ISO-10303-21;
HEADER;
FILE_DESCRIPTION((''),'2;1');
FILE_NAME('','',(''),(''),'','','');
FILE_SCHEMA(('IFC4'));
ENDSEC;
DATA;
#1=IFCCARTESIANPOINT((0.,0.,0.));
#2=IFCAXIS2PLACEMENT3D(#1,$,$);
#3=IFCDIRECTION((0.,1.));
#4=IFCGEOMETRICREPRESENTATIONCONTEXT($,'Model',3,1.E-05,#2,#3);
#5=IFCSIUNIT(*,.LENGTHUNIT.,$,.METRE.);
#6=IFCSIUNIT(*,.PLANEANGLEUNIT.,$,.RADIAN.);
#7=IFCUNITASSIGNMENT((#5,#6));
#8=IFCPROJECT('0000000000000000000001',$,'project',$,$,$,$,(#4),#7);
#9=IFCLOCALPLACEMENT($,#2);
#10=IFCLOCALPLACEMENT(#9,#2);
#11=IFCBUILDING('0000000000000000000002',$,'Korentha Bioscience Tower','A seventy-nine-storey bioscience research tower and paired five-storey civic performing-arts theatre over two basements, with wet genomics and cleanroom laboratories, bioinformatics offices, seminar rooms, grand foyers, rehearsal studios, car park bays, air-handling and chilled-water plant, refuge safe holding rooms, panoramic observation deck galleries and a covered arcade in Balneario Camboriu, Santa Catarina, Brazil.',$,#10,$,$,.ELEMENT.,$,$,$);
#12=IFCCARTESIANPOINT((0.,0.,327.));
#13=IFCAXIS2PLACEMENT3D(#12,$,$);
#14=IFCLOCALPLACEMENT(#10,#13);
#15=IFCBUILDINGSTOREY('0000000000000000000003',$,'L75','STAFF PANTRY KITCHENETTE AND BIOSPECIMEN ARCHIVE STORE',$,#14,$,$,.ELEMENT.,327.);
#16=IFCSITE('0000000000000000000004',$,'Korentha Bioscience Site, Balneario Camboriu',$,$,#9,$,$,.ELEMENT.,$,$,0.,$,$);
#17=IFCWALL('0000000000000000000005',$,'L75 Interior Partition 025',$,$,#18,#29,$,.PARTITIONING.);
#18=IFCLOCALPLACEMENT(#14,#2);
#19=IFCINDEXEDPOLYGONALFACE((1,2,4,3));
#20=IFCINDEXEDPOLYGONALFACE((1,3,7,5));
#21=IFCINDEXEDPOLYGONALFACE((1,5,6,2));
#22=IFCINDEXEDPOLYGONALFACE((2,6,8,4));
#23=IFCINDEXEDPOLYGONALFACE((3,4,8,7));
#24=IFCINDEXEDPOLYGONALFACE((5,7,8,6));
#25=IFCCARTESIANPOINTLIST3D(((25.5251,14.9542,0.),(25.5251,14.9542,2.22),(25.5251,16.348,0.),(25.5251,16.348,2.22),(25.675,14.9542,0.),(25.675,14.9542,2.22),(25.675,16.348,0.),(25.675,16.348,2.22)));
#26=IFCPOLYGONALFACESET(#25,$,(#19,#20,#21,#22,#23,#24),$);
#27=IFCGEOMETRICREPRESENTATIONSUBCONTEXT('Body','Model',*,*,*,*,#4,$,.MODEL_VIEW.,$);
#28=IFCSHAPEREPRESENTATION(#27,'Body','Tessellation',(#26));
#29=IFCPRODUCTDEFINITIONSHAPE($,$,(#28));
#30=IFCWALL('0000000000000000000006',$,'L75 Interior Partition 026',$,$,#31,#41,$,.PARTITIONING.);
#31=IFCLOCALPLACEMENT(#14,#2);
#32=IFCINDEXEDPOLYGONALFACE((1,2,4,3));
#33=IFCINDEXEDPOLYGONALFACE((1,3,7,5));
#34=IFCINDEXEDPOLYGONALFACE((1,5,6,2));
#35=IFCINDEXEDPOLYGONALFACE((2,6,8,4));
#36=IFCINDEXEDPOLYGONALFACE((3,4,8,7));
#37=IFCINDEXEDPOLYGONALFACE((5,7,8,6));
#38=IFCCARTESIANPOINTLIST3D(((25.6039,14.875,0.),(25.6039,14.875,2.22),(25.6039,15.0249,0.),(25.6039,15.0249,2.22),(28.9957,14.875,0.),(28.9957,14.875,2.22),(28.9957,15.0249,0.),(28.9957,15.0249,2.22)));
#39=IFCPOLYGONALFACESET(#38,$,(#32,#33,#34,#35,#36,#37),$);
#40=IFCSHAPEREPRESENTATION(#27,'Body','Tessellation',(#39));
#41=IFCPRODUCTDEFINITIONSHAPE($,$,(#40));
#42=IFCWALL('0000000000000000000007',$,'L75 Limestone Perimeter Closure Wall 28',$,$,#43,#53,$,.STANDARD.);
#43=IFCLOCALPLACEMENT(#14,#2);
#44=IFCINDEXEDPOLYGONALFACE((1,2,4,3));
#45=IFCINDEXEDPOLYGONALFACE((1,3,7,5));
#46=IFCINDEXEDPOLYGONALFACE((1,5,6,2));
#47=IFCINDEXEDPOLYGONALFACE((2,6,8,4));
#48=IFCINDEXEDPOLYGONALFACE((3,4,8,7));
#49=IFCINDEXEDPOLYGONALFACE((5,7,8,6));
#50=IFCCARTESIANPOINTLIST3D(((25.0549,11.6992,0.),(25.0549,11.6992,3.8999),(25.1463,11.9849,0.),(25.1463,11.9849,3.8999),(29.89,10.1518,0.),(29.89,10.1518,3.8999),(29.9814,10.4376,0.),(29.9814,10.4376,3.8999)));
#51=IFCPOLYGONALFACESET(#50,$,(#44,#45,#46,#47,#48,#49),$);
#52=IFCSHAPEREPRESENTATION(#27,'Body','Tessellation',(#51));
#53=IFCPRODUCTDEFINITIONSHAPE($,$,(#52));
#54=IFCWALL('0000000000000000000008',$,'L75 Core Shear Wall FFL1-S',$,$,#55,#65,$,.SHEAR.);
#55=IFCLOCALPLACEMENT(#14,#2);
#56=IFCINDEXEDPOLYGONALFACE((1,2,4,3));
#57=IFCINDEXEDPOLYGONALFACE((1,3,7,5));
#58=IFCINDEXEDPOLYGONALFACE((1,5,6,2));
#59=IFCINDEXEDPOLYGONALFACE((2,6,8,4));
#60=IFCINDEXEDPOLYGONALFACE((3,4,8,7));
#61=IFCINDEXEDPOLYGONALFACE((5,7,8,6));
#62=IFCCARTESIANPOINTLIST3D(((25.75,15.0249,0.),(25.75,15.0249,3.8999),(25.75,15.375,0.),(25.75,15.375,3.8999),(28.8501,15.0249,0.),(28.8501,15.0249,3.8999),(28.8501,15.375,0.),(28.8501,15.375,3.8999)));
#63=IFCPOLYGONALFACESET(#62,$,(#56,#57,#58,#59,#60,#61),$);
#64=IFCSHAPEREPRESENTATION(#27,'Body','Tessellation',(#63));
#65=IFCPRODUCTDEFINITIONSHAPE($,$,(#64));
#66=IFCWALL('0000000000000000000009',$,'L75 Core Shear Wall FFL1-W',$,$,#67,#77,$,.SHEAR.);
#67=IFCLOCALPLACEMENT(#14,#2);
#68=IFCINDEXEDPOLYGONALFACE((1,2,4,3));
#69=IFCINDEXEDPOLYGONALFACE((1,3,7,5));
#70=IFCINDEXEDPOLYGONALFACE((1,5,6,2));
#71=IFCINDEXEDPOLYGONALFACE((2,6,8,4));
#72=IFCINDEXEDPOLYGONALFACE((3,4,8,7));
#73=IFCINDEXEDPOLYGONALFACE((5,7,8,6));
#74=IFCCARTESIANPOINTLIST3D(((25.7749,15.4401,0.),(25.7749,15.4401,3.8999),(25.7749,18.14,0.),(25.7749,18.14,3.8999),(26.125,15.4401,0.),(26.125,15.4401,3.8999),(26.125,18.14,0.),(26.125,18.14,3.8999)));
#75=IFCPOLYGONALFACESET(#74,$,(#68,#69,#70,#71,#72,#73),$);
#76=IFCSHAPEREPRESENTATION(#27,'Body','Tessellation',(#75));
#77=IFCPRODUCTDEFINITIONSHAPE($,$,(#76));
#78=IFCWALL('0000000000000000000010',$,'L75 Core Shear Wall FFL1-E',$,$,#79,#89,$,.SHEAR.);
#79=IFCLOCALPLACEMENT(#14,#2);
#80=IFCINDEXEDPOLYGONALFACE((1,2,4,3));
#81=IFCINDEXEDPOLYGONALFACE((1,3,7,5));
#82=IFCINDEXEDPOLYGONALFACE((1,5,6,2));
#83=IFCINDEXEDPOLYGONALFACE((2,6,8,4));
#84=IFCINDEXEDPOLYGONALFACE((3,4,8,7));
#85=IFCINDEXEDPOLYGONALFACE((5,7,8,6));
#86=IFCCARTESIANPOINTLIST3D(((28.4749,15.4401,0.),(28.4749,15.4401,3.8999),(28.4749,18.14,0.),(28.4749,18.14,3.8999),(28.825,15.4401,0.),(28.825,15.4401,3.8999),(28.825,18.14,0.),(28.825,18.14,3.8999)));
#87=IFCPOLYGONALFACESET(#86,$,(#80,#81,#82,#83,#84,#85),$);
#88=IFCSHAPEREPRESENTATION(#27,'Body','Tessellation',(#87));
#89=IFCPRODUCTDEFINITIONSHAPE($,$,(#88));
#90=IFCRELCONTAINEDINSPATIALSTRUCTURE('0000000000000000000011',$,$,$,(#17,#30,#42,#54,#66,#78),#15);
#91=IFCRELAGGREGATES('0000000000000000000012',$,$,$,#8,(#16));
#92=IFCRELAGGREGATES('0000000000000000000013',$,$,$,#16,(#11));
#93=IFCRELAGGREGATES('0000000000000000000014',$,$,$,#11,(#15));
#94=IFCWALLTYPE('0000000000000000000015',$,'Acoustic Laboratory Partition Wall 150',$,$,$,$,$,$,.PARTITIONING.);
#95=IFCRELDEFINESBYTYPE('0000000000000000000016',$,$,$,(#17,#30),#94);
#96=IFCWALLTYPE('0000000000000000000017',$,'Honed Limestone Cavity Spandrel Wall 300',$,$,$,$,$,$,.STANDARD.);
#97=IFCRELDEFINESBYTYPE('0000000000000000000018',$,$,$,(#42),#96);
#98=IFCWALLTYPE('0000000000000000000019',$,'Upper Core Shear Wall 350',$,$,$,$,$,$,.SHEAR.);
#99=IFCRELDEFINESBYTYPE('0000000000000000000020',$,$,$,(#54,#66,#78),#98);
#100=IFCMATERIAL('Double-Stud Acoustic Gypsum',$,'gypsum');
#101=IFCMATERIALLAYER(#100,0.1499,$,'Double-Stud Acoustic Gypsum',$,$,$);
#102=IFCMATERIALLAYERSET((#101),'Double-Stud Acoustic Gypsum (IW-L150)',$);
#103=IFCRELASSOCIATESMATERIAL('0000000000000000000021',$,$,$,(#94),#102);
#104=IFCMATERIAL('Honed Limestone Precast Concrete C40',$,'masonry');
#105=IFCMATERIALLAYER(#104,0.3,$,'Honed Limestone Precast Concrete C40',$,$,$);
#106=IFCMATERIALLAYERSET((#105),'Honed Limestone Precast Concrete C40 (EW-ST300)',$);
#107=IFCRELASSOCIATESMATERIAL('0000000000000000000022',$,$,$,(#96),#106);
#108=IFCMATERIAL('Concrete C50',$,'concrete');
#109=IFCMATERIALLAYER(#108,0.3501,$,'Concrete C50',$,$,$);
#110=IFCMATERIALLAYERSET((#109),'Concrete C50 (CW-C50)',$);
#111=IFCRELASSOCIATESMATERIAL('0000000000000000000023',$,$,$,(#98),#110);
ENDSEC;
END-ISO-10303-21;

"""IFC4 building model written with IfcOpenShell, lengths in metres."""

from ifc_helpers import new_model, si_unit, direction, frame, frame_2d, origin, place, context, subcontext, project, spatial, rectangle, extrude, material, layer, layer_set, type_object, element, save


model = new_model("IFC4")

# Units and contexts
model_context = context("Model", 3, precision=1e-05, world=origin(), true_north=direction((0.0, 1.0)))
body_context = subcontext(model_context, "Body", "Model", "MODEL_VIEW")
ifc_project = project(units=[si_unit("LENGTHUNIT", "METRE"), si_unit("PLANEANGLEUNIT", "RADIAN")], contexts=[model_context])

# Site, building, storey
site_placement = place(None, origin())
site = spatial("IfcSite", under=ifc_project, at=site_placement, Name="Korentha Bioscience Site, Balneario Camboriu", CompositionType="ELEMENT", RefElevation=0.0)
building_placement = place(site_placement, origin())
building = spatial("IfcBuilding", under=site, at=building_placement, Name="Korentha Bioscience Tower", Description="A seventy-nine-storey bioscience research tower and paired five-storey civic performing-arts theatre over two basements, with wet genomics and cleanroom laboratories, bioinformatics offices, seminar rooms, grand foyers, rehearsal studios, car park bays, air-handling and chilled-water plant, refuge safe holding rooms, panoramic observation deck galleries and a covered arcade in Balneario Camboriu, Santa Catarina, Brazil.", CompositionType="ELEMENT")
storey_placement = place(building_placement, frame((0.0, 0.0, 327.0)))
storey = spatial("IfcBuildingStorey", under=building, at=storey_placement, Name="L75", Description="STAFF PANTRY KITCHENETTE AND BIOSPECIMEN ARCHIVE STORE", CompositionType="ELEMENT", Elevation=327.0)

# Shared definitions
ifc_material_1 = material(Name="Concrete C50", Category="concrete")

# Walls
ifc_material_2 = material(Name="Double-Stud Acoustic Gypsum", Category="gypsum")
ifc_layer_1 = layer(ifc_material_2, 0.1499, Name="Double-Stud Acoustic Gypsum")
ifc_layer_set_1 = layer_set([ifc_layer_1], Name="Double-Stud Acoustic Gypsum (IW-L150)")
wall_type_1 = type_object("IfcWallType", Name="Acoustic Laboratory Partition Wall 150", PredefinedType="PARTITIONING", material=ifc_layer_set_1)
wall_1_placement = place(storey_placement, frame((25.6001, 16.3479, 0.0), z_axis=(0.0, 0.0, 1.0), x_axis=(0.0, -1.0, 0.0)))
element("IfcWall", 1, at=wall_1_placement, inside=storey, type_object=wall_type_1, Name="L75 Interior Partition 025", PredefinedType="PARTITIONING", context=body_context, shape_type="SweptSolid", body=[
    extrude(rectangle(XDim=1.3938, YDim=0.1499, at=frame_2d((0.6968, 0.0))), origin(), (0.0, 0.0, 1.0), 2.22),
])
wall_2_placement = place(storey_placement, frame((25.604, 14.95, 0.0), z_axis=(0.0, 0.0, 1.0), x_axis=(1.0, 0.0, 0.0)))
element("IfcWall", 2, at=wall_2_placement, inside=storey, type_object=wall_type_1, Name="L75 Interior Partition 026", PredefinedType="PARTITIONING", context=body_context, shape_type="SweptSolid", body=[
    extrude(rectangle(XDim=3.3918, YDim=0.1499, at=frame_2d((1.6958, 0.0))), origin(), (0.0, 0.0, 1.0), 2.22),
])
ifc_material_3 = material(Name="Honed Limestone Precast Concrete C40", Category="masonry")
ifc_layer_2 = layer(ifc_material_3, 0.3, Name="Honed Limestone Precast Concrete C40")
ifc_layer_set_2 = layer_set([ifc_layer_2], Name="Honed Limestone Precast Concrete C40 (EW-ST300)")
wall_type_2 = type_object("IfcWallType", Name="Honed Limestone Cavity Spandrel Wall 300", PredefinedType="STANDARD", material=ifc_layer_set_2)
wall_3_placement = place(storey_placement, frame((25.1006, 11.842, 0.0), z_axis=(0.0, 0.0, 1.0), x_axis=(0.952419, -0.304793, 0.0)))
element("IfcWall", 3, at=wall_3_placement, inside=storey, type_object=wall_type_2, Name="L75 Limestone Perimeter Closure Wall 28", PredefinedType="STANDARD", context=body_context, shape_type="SweptSolid", body=[
    extrude(rectangle(XDim=5.0767, YDim=0.3, at=frame_2d((2.5383, 0.0))), origin(), (0.0, 0.0, 1.0), 3.8999),
])
ifc_layer_3 = layer(ifc_material_1, 0.3501, Name="Concrete C50")
ifc_layer_set_3 = layer_set([ifc_layer_3], Name="Concrete C50 (CW-C50)")
wall_type_3 = type_object("IfcWallType", Name="Upper Core Shear Wall 350", PredefinedType="SHEAR", material=ifc_layer_set_3)
wall_4_placement = place(storey_placement, frame((25.75, 15.2, 0.0), z_axis=(0.0, 0.0, 1.0), x_axis=(1.0, 0.0, 0.0)))
element("IfcWall", 4, at=wall_4_placement, inside=storey, type_object=wall_type_3, Name="L75 Core Shear Wall FFL1-S", PredefinedType="SHEAR", context=body_context, shape_type="SweptSolid", body=[
    extrude(rectangle(XDim=3.1001, YDim=0.3501, at=frame_2d((1.55, 0.0))), origin(), (0.0, 0.0, 1.0), 3.8999),
])
for number, where, z_axis, x_axis, name in (
    (5, (25.95, 15.4399, 0.0), (0.0, 0.0, 1.0), (0.0, 1.0, 0.0), "L75 Core Shear Wall FFL1-W"),
    (6, (28.6499, 15.4399, 0.0), (0.0, 0.0, 1.0), (0.0, 1.0, 0.0), "L75 Core Shear Wall FFL1-E"),
):
    element("IfcWall", number, at=place(storey_placement, frame(where, z_axis=z_axis, x_axis=x_axis)), inside=storey, type_object=wall_type_3, Name=name, PredefinedType="SHEAR", context=body_context, shape_type="SweptSolid", body=[
        extrude(rectangle(XDim=2.7, YDim=0.3501, at=frame_2d((1.3501, 0.0))), origin(), (0.0, 0.0, 1.0), 3.8999),
    ])

save(model, "model.ifc")
